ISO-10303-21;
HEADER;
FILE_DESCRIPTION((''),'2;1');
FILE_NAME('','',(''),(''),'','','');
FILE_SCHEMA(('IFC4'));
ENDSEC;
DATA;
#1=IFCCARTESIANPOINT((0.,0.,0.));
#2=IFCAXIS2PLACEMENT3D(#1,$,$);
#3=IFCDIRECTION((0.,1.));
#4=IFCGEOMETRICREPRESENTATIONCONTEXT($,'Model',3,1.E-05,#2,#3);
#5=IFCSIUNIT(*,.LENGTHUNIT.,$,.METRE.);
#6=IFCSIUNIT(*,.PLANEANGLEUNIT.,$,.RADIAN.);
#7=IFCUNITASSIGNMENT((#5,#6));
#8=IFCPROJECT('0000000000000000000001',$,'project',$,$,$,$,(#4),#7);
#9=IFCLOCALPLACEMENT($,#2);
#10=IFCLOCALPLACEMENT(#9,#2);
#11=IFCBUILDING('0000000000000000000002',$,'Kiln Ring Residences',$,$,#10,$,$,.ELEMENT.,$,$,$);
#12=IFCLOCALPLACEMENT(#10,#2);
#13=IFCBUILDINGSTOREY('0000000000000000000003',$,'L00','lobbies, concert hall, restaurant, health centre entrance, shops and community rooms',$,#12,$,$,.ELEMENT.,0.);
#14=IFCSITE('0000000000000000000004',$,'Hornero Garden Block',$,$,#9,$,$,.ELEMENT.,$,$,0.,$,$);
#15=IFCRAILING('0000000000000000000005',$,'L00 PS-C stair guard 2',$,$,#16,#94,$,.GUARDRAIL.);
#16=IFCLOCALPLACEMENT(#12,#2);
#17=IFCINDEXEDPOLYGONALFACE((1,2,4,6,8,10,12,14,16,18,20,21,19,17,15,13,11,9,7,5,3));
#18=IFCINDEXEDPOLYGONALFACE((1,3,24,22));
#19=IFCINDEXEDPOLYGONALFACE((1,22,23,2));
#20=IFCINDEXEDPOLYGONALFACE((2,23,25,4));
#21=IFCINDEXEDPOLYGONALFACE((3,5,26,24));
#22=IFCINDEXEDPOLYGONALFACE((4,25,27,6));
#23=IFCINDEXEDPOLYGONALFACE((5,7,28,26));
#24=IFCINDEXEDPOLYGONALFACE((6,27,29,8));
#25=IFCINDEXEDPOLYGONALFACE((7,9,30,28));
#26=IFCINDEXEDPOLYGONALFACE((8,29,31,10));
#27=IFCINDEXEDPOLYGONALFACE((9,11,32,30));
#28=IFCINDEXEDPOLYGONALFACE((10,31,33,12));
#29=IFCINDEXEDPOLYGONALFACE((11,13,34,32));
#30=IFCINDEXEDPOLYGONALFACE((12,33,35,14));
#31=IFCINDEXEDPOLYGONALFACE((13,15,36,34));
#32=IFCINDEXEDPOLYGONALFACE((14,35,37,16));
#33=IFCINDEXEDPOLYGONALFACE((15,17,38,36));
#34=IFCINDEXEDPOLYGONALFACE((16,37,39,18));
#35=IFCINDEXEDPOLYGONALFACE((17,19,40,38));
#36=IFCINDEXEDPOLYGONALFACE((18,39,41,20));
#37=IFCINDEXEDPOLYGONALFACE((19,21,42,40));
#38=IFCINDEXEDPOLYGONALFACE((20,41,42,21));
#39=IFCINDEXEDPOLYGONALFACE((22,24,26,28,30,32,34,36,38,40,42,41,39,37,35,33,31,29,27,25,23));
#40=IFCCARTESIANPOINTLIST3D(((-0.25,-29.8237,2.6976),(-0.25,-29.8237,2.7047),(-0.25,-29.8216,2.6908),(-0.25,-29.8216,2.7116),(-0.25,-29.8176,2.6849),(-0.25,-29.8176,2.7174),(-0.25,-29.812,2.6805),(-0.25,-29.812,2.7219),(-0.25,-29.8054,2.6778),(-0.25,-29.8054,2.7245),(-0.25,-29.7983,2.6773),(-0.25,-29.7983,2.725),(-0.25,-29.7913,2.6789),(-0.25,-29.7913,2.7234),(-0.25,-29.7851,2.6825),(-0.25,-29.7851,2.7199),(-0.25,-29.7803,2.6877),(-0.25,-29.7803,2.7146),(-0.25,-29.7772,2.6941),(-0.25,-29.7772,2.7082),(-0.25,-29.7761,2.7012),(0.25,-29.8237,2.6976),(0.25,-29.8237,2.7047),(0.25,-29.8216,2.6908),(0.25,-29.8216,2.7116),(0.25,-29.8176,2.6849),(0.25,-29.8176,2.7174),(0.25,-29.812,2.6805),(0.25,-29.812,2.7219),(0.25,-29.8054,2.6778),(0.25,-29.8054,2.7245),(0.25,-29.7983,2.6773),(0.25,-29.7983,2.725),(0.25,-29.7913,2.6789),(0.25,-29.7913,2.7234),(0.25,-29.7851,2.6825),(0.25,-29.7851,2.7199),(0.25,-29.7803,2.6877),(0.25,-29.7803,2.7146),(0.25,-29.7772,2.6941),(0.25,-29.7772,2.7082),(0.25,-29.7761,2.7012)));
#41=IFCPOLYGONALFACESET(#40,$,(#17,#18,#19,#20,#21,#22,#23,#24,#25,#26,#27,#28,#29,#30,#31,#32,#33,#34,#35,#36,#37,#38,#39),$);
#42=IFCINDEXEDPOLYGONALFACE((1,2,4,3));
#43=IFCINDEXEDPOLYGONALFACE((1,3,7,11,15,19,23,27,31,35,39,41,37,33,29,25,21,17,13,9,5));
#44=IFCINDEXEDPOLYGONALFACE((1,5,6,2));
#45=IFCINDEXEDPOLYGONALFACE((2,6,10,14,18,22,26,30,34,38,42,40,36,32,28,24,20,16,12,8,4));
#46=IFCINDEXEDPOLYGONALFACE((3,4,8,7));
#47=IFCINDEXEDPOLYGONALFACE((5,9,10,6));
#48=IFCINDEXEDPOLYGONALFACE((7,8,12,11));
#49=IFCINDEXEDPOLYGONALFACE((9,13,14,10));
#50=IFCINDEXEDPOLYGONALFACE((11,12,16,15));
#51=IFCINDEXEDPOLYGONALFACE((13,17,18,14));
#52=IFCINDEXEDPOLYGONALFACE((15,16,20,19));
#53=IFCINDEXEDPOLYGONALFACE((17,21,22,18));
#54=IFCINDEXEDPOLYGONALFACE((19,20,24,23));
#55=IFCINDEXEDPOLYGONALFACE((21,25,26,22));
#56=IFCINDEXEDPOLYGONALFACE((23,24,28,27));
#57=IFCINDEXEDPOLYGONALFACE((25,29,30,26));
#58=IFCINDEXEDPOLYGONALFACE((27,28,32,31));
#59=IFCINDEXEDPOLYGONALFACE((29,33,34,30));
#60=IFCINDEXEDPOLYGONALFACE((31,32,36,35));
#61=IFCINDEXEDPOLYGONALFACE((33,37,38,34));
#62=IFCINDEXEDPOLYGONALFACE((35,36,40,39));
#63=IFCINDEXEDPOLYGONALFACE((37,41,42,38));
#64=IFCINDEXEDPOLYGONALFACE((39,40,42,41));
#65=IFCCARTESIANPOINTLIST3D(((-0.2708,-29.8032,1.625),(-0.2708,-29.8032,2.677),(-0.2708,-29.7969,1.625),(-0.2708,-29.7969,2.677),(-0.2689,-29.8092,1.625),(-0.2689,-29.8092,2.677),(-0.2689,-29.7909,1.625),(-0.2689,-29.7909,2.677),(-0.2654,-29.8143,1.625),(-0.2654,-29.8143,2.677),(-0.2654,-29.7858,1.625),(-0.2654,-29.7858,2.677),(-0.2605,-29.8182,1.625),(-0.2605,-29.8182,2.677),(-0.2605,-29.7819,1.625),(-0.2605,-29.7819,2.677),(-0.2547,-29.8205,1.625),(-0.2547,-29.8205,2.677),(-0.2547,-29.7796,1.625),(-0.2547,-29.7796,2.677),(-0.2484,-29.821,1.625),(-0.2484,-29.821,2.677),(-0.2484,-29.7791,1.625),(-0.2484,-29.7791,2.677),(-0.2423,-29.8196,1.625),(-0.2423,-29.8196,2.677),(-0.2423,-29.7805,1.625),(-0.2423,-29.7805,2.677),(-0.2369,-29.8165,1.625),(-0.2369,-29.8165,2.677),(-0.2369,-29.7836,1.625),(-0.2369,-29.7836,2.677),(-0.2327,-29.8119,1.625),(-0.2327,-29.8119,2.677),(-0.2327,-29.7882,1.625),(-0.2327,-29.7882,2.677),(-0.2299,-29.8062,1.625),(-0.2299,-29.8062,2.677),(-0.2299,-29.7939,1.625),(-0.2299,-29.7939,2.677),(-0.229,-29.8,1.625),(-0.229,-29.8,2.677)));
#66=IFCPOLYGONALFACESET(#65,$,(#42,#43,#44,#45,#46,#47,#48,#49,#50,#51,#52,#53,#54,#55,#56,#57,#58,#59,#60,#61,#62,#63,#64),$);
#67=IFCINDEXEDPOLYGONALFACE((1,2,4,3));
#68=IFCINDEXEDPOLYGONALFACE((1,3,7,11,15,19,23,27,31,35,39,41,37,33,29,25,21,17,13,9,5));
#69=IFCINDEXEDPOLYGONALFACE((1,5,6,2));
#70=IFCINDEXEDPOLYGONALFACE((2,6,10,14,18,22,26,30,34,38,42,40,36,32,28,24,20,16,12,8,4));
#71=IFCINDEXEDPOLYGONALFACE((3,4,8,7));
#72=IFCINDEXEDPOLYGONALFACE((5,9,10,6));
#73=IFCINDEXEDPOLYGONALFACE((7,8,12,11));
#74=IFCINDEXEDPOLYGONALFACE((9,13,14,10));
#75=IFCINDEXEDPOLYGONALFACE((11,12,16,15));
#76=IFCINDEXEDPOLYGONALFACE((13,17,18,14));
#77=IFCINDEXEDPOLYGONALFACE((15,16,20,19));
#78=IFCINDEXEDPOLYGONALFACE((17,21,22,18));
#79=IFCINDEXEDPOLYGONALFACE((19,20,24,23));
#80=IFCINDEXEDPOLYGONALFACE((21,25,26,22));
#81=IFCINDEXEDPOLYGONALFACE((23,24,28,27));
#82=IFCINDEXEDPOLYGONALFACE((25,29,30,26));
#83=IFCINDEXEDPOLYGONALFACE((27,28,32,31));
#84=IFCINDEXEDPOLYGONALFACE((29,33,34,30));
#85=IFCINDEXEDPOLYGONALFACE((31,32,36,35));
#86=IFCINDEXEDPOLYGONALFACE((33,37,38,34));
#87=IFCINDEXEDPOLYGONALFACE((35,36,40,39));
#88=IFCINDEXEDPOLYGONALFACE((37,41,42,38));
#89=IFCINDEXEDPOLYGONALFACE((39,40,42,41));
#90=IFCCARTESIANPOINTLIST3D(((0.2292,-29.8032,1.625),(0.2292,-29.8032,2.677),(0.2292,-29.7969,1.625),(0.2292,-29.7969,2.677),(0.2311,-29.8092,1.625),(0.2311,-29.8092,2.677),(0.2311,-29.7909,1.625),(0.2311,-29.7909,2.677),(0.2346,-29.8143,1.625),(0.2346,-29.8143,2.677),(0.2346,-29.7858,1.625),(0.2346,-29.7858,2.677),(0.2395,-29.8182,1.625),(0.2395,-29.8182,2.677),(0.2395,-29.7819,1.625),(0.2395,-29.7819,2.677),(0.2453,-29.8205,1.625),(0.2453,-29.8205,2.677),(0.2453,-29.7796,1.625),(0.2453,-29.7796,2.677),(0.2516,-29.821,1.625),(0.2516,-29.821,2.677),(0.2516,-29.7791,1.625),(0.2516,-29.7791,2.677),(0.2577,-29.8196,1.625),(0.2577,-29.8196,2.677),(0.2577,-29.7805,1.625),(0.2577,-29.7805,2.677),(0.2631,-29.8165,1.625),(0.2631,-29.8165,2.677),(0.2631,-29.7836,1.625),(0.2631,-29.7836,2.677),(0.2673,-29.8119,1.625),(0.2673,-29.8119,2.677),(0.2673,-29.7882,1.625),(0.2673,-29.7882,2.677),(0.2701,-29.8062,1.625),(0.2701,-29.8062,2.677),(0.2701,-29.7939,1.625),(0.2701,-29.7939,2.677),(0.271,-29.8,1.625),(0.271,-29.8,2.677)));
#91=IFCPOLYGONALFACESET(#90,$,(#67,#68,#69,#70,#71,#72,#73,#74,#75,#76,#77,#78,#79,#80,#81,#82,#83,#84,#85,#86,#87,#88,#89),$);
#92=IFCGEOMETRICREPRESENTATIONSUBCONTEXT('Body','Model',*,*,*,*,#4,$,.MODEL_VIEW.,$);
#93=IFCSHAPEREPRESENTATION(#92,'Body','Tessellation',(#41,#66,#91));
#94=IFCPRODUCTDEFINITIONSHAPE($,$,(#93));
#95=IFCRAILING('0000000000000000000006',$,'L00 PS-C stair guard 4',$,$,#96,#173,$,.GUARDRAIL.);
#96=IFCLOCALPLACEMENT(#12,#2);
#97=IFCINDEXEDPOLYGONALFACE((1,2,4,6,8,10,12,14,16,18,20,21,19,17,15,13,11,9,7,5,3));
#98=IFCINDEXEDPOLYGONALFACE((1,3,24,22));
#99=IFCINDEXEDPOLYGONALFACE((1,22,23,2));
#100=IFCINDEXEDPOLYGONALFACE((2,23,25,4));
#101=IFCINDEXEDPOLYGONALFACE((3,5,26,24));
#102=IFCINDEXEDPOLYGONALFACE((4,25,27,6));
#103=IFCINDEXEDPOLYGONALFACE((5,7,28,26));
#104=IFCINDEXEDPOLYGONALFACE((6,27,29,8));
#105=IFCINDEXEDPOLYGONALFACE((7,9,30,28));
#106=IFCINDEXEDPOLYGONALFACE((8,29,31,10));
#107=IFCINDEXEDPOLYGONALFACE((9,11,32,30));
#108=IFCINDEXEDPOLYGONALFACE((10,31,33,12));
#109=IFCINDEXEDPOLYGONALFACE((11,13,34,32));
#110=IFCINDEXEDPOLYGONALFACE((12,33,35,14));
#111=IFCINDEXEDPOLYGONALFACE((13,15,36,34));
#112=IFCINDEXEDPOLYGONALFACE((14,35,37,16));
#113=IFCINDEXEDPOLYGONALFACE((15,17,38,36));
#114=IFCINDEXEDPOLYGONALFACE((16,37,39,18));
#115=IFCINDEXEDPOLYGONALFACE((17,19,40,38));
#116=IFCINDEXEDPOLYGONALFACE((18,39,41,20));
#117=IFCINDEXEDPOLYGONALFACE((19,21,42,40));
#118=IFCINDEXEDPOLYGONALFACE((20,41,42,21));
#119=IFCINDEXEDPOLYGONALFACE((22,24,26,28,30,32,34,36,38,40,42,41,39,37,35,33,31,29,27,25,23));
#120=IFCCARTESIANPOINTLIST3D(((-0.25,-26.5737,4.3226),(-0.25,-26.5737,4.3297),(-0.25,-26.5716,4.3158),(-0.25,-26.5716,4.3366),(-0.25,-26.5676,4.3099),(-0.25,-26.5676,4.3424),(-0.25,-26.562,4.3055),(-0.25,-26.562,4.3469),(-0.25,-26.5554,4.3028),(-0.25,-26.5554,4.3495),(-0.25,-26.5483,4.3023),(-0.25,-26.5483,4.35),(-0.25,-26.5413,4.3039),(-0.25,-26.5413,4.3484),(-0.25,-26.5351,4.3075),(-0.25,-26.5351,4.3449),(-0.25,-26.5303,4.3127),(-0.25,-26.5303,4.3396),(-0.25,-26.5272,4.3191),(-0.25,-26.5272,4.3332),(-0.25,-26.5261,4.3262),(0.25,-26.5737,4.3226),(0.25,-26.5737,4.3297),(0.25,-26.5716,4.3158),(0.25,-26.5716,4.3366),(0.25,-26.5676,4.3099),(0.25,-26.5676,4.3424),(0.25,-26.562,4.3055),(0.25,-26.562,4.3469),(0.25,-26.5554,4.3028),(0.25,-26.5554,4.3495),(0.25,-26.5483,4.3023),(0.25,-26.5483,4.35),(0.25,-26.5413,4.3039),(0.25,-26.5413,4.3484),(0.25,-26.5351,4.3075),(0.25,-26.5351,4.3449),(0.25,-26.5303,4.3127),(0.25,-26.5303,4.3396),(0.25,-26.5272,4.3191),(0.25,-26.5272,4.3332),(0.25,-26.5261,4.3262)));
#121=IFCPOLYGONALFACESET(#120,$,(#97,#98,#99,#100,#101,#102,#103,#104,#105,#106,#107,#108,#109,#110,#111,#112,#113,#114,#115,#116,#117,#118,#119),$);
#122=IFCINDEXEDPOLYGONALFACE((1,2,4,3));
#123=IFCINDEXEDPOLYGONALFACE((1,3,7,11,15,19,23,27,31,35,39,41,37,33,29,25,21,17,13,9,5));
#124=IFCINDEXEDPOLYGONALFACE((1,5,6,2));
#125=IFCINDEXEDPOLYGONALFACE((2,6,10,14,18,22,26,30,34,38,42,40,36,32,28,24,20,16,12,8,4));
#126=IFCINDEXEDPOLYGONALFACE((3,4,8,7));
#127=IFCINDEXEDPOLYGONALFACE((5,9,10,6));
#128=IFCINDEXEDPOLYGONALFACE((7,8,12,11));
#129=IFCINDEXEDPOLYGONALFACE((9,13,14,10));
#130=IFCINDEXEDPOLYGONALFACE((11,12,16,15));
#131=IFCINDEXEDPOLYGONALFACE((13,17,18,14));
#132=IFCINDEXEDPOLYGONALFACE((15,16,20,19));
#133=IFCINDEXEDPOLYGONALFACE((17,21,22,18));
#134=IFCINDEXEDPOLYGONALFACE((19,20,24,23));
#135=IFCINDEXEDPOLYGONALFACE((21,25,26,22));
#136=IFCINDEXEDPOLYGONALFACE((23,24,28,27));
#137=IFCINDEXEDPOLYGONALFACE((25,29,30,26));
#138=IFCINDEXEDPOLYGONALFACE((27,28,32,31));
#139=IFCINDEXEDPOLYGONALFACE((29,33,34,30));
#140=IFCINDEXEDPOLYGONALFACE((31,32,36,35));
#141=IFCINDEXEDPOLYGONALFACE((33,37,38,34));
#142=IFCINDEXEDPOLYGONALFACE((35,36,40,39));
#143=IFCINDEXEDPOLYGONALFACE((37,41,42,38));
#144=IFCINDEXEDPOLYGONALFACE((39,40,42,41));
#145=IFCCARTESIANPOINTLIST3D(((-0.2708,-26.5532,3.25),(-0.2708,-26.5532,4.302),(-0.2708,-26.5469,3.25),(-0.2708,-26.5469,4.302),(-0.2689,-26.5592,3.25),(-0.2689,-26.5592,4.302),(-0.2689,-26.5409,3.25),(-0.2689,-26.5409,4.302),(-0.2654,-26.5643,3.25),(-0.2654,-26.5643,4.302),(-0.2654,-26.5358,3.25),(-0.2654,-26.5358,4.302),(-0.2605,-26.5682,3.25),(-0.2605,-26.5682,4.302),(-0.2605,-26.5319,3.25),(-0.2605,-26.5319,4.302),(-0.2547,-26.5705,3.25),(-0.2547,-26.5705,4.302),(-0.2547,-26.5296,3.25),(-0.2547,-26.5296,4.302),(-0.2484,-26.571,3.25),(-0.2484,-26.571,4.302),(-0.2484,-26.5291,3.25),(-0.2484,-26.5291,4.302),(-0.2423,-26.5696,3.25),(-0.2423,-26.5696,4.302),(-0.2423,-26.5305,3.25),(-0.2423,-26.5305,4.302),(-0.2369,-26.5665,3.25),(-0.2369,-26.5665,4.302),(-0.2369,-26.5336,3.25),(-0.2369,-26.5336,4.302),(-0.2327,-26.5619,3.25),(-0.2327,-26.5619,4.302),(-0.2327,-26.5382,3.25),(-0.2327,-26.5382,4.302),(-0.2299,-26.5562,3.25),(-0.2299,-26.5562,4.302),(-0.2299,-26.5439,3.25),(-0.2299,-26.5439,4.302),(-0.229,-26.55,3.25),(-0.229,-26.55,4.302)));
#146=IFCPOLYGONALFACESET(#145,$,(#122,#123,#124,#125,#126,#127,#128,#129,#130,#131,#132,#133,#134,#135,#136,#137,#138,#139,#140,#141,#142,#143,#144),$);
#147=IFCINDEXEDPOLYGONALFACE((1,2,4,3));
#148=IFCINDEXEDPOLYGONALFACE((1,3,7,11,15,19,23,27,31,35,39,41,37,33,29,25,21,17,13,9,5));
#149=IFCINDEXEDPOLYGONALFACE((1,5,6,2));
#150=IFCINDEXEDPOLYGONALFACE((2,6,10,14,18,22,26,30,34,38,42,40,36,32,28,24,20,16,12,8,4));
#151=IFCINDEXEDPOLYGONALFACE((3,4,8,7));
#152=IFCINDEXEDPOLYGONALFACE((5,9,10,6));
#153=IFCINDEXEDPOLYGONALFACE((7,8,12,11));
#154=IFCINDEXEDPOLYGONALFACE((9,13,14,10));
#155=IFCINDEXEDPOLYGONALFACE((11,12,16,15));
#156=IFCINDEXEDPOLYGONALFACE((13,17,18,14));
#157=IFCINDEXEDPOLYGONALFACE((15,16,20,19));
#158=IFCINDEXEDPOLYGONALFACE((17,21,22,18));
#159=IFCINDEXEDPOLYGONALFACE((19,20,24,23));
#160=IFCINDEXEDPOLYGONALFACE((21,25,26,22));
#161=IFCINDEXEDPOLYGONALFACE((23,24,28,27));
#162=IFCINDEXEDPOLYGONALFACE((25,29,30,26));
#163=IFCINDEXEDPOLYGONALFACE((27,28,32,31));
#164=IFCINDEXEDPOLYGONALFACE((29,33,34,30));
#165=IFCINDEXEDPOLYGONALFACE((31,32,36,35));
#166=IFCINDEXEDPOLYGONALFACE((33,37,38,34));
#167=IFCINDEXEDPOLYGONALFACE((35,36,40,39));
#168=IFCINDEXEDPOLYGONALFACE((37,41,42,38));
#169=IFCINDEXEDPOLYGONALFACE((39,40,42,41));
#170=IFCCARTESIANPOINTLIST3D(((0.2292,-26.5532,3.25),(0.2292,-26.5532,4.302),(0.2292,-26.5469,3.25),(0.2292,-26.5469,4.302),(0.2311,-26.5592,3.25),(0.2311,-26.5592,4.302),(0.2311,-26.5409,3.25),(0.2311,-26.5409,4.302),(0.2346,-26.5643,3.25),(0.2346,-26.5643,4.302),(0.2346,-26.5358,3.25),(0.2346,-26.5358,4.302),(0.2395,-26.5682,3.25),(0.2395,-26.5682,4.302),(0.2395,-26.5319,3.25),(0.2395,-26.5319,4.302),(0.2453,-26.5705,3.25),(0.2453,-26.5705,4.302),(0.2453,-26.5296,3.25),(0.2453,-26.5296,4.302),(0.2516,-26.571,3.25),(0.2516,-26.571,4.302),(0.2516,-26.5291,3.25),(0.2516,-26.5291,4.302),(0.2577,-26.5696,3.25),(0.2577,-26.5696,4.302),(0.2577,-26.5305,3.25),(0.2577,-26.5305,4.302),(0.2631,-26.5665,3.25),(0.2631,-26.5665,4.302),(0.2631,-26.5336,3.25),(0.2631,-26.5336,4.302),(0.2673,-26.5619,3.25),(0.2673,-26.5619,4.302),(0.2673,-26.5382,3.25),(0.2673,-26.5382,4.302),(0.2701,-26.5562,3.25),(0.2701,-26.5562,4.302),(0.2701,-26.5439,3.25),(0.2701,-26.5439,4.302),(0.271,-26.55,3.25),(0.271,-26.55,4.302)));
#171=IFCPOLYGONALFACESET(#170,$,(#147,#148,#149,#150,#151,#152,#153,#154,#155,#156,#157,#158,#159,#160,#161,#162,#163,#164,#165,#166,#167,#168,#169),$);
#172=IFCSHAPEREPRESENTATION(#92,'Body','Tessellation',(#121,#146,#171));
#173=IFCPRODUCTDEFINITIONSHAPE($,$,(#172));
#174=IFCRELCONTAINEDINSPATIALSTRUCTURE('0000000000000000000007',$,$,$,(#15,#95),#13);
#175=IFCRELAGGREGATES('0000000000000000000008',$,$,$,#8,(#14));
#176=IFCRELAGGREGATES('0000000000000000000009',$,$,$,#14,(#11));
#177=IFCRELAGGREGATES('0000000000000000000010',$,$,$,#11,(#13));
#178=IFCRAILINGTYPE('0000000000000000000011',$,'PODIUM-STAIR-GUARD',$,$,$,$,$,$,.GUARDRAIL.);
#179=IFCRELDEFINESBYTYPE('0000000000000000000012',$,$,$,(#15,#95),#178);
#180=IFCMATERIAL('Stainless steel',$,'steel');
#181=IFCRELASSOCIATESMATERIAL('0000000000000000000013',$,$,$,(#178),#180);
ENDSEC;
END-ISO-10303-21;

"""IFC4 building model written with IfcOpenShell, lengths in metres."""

from ifc_helpers import new_model, si_unit, direction, frame, origin, origin_2d, place, context, subcontext, project, spatial, circle, extrude, material, type_object, element, save


model = new_model("IFC4")

# Units and contexts
model_context = context("Model", 3, precision=1e-05, world=origin(), true_north=direction((0.0, 1.0)))
body_context = subcontext(model_context, "Body", "Model", "MODEL_VIEW")
ifc_project = project(units=[si_unit("LENGTHUNIT", "METRE"), si_unit("PLANEANGLEUNIT", "RADIAN")], contexts=[model_context])

# Site, building, storey
site_placement = place(None, origin())
site = spatial("IfcSite", under=ifc_project, at=site_placement, Name="Hornero Garden Block", CompositionType="ELEMENT", RefElevation=0.0)
building_placement = place(site_placement, origin())
building = spatial("IfcBuilding", under=site, at=building_placement, Name="Kiln Ring Residences", CompositionType="ELEMENT")
storey_placement = place(building_placement, origin())
storey = spatial("IfcBuildingStorey", under=building, at=storey_placement, Name="L00", Description="lobbies, concert hall, restaurant, health centre entrance, shops and community rooms", CompositionType="ELEMENT", Elevation=0.0)

# Railings
ifc_material_1 = material(Name="Stainless steel", Category="steel")
railing_type_1 = type_object("IfcRailingType", Name="PODIUM-STAIR-GUARD", PredefinedType="GUARDRAIL", material=ifc_material_1)
for number, where, name in (
    (1, (-0.25, -29.8, 1.625), "L00 PS-C stair guard 2"),
    (2, (-0.25, -26.55, 3.25), "L00 PS-C stair guard 4"),
):
    element("IfcRailing", number, at=place(storey_placement, frame(where)), inside=storey, type_object=railing_type_1, Name=name, PredefinedType="GUARDRAIL", context=body_context, shape_type="SweptSolid", body=[
        extrude(circle(Radius=0.0239, at=origin_2d()), frame((0.0, 0.0, 1.0762), z_axis=(1.0, 0.0, 0.0), x_axis=(0.0, 1.0, 0.0)), (0.0, 0.0, 1.0), 0.5),
        extrude(circle(Radius=0.021, at=origin_2d()), origin(), (0.0, 0.0, 1.0), 1.052),
        extrude(circle(Radius=0.021, at=origin_2d()), frame((0.5, 0.0, 0.0)), (0.0, 0.0, 1.0), 1.052),
    ])

save(model, "model.ifc")
